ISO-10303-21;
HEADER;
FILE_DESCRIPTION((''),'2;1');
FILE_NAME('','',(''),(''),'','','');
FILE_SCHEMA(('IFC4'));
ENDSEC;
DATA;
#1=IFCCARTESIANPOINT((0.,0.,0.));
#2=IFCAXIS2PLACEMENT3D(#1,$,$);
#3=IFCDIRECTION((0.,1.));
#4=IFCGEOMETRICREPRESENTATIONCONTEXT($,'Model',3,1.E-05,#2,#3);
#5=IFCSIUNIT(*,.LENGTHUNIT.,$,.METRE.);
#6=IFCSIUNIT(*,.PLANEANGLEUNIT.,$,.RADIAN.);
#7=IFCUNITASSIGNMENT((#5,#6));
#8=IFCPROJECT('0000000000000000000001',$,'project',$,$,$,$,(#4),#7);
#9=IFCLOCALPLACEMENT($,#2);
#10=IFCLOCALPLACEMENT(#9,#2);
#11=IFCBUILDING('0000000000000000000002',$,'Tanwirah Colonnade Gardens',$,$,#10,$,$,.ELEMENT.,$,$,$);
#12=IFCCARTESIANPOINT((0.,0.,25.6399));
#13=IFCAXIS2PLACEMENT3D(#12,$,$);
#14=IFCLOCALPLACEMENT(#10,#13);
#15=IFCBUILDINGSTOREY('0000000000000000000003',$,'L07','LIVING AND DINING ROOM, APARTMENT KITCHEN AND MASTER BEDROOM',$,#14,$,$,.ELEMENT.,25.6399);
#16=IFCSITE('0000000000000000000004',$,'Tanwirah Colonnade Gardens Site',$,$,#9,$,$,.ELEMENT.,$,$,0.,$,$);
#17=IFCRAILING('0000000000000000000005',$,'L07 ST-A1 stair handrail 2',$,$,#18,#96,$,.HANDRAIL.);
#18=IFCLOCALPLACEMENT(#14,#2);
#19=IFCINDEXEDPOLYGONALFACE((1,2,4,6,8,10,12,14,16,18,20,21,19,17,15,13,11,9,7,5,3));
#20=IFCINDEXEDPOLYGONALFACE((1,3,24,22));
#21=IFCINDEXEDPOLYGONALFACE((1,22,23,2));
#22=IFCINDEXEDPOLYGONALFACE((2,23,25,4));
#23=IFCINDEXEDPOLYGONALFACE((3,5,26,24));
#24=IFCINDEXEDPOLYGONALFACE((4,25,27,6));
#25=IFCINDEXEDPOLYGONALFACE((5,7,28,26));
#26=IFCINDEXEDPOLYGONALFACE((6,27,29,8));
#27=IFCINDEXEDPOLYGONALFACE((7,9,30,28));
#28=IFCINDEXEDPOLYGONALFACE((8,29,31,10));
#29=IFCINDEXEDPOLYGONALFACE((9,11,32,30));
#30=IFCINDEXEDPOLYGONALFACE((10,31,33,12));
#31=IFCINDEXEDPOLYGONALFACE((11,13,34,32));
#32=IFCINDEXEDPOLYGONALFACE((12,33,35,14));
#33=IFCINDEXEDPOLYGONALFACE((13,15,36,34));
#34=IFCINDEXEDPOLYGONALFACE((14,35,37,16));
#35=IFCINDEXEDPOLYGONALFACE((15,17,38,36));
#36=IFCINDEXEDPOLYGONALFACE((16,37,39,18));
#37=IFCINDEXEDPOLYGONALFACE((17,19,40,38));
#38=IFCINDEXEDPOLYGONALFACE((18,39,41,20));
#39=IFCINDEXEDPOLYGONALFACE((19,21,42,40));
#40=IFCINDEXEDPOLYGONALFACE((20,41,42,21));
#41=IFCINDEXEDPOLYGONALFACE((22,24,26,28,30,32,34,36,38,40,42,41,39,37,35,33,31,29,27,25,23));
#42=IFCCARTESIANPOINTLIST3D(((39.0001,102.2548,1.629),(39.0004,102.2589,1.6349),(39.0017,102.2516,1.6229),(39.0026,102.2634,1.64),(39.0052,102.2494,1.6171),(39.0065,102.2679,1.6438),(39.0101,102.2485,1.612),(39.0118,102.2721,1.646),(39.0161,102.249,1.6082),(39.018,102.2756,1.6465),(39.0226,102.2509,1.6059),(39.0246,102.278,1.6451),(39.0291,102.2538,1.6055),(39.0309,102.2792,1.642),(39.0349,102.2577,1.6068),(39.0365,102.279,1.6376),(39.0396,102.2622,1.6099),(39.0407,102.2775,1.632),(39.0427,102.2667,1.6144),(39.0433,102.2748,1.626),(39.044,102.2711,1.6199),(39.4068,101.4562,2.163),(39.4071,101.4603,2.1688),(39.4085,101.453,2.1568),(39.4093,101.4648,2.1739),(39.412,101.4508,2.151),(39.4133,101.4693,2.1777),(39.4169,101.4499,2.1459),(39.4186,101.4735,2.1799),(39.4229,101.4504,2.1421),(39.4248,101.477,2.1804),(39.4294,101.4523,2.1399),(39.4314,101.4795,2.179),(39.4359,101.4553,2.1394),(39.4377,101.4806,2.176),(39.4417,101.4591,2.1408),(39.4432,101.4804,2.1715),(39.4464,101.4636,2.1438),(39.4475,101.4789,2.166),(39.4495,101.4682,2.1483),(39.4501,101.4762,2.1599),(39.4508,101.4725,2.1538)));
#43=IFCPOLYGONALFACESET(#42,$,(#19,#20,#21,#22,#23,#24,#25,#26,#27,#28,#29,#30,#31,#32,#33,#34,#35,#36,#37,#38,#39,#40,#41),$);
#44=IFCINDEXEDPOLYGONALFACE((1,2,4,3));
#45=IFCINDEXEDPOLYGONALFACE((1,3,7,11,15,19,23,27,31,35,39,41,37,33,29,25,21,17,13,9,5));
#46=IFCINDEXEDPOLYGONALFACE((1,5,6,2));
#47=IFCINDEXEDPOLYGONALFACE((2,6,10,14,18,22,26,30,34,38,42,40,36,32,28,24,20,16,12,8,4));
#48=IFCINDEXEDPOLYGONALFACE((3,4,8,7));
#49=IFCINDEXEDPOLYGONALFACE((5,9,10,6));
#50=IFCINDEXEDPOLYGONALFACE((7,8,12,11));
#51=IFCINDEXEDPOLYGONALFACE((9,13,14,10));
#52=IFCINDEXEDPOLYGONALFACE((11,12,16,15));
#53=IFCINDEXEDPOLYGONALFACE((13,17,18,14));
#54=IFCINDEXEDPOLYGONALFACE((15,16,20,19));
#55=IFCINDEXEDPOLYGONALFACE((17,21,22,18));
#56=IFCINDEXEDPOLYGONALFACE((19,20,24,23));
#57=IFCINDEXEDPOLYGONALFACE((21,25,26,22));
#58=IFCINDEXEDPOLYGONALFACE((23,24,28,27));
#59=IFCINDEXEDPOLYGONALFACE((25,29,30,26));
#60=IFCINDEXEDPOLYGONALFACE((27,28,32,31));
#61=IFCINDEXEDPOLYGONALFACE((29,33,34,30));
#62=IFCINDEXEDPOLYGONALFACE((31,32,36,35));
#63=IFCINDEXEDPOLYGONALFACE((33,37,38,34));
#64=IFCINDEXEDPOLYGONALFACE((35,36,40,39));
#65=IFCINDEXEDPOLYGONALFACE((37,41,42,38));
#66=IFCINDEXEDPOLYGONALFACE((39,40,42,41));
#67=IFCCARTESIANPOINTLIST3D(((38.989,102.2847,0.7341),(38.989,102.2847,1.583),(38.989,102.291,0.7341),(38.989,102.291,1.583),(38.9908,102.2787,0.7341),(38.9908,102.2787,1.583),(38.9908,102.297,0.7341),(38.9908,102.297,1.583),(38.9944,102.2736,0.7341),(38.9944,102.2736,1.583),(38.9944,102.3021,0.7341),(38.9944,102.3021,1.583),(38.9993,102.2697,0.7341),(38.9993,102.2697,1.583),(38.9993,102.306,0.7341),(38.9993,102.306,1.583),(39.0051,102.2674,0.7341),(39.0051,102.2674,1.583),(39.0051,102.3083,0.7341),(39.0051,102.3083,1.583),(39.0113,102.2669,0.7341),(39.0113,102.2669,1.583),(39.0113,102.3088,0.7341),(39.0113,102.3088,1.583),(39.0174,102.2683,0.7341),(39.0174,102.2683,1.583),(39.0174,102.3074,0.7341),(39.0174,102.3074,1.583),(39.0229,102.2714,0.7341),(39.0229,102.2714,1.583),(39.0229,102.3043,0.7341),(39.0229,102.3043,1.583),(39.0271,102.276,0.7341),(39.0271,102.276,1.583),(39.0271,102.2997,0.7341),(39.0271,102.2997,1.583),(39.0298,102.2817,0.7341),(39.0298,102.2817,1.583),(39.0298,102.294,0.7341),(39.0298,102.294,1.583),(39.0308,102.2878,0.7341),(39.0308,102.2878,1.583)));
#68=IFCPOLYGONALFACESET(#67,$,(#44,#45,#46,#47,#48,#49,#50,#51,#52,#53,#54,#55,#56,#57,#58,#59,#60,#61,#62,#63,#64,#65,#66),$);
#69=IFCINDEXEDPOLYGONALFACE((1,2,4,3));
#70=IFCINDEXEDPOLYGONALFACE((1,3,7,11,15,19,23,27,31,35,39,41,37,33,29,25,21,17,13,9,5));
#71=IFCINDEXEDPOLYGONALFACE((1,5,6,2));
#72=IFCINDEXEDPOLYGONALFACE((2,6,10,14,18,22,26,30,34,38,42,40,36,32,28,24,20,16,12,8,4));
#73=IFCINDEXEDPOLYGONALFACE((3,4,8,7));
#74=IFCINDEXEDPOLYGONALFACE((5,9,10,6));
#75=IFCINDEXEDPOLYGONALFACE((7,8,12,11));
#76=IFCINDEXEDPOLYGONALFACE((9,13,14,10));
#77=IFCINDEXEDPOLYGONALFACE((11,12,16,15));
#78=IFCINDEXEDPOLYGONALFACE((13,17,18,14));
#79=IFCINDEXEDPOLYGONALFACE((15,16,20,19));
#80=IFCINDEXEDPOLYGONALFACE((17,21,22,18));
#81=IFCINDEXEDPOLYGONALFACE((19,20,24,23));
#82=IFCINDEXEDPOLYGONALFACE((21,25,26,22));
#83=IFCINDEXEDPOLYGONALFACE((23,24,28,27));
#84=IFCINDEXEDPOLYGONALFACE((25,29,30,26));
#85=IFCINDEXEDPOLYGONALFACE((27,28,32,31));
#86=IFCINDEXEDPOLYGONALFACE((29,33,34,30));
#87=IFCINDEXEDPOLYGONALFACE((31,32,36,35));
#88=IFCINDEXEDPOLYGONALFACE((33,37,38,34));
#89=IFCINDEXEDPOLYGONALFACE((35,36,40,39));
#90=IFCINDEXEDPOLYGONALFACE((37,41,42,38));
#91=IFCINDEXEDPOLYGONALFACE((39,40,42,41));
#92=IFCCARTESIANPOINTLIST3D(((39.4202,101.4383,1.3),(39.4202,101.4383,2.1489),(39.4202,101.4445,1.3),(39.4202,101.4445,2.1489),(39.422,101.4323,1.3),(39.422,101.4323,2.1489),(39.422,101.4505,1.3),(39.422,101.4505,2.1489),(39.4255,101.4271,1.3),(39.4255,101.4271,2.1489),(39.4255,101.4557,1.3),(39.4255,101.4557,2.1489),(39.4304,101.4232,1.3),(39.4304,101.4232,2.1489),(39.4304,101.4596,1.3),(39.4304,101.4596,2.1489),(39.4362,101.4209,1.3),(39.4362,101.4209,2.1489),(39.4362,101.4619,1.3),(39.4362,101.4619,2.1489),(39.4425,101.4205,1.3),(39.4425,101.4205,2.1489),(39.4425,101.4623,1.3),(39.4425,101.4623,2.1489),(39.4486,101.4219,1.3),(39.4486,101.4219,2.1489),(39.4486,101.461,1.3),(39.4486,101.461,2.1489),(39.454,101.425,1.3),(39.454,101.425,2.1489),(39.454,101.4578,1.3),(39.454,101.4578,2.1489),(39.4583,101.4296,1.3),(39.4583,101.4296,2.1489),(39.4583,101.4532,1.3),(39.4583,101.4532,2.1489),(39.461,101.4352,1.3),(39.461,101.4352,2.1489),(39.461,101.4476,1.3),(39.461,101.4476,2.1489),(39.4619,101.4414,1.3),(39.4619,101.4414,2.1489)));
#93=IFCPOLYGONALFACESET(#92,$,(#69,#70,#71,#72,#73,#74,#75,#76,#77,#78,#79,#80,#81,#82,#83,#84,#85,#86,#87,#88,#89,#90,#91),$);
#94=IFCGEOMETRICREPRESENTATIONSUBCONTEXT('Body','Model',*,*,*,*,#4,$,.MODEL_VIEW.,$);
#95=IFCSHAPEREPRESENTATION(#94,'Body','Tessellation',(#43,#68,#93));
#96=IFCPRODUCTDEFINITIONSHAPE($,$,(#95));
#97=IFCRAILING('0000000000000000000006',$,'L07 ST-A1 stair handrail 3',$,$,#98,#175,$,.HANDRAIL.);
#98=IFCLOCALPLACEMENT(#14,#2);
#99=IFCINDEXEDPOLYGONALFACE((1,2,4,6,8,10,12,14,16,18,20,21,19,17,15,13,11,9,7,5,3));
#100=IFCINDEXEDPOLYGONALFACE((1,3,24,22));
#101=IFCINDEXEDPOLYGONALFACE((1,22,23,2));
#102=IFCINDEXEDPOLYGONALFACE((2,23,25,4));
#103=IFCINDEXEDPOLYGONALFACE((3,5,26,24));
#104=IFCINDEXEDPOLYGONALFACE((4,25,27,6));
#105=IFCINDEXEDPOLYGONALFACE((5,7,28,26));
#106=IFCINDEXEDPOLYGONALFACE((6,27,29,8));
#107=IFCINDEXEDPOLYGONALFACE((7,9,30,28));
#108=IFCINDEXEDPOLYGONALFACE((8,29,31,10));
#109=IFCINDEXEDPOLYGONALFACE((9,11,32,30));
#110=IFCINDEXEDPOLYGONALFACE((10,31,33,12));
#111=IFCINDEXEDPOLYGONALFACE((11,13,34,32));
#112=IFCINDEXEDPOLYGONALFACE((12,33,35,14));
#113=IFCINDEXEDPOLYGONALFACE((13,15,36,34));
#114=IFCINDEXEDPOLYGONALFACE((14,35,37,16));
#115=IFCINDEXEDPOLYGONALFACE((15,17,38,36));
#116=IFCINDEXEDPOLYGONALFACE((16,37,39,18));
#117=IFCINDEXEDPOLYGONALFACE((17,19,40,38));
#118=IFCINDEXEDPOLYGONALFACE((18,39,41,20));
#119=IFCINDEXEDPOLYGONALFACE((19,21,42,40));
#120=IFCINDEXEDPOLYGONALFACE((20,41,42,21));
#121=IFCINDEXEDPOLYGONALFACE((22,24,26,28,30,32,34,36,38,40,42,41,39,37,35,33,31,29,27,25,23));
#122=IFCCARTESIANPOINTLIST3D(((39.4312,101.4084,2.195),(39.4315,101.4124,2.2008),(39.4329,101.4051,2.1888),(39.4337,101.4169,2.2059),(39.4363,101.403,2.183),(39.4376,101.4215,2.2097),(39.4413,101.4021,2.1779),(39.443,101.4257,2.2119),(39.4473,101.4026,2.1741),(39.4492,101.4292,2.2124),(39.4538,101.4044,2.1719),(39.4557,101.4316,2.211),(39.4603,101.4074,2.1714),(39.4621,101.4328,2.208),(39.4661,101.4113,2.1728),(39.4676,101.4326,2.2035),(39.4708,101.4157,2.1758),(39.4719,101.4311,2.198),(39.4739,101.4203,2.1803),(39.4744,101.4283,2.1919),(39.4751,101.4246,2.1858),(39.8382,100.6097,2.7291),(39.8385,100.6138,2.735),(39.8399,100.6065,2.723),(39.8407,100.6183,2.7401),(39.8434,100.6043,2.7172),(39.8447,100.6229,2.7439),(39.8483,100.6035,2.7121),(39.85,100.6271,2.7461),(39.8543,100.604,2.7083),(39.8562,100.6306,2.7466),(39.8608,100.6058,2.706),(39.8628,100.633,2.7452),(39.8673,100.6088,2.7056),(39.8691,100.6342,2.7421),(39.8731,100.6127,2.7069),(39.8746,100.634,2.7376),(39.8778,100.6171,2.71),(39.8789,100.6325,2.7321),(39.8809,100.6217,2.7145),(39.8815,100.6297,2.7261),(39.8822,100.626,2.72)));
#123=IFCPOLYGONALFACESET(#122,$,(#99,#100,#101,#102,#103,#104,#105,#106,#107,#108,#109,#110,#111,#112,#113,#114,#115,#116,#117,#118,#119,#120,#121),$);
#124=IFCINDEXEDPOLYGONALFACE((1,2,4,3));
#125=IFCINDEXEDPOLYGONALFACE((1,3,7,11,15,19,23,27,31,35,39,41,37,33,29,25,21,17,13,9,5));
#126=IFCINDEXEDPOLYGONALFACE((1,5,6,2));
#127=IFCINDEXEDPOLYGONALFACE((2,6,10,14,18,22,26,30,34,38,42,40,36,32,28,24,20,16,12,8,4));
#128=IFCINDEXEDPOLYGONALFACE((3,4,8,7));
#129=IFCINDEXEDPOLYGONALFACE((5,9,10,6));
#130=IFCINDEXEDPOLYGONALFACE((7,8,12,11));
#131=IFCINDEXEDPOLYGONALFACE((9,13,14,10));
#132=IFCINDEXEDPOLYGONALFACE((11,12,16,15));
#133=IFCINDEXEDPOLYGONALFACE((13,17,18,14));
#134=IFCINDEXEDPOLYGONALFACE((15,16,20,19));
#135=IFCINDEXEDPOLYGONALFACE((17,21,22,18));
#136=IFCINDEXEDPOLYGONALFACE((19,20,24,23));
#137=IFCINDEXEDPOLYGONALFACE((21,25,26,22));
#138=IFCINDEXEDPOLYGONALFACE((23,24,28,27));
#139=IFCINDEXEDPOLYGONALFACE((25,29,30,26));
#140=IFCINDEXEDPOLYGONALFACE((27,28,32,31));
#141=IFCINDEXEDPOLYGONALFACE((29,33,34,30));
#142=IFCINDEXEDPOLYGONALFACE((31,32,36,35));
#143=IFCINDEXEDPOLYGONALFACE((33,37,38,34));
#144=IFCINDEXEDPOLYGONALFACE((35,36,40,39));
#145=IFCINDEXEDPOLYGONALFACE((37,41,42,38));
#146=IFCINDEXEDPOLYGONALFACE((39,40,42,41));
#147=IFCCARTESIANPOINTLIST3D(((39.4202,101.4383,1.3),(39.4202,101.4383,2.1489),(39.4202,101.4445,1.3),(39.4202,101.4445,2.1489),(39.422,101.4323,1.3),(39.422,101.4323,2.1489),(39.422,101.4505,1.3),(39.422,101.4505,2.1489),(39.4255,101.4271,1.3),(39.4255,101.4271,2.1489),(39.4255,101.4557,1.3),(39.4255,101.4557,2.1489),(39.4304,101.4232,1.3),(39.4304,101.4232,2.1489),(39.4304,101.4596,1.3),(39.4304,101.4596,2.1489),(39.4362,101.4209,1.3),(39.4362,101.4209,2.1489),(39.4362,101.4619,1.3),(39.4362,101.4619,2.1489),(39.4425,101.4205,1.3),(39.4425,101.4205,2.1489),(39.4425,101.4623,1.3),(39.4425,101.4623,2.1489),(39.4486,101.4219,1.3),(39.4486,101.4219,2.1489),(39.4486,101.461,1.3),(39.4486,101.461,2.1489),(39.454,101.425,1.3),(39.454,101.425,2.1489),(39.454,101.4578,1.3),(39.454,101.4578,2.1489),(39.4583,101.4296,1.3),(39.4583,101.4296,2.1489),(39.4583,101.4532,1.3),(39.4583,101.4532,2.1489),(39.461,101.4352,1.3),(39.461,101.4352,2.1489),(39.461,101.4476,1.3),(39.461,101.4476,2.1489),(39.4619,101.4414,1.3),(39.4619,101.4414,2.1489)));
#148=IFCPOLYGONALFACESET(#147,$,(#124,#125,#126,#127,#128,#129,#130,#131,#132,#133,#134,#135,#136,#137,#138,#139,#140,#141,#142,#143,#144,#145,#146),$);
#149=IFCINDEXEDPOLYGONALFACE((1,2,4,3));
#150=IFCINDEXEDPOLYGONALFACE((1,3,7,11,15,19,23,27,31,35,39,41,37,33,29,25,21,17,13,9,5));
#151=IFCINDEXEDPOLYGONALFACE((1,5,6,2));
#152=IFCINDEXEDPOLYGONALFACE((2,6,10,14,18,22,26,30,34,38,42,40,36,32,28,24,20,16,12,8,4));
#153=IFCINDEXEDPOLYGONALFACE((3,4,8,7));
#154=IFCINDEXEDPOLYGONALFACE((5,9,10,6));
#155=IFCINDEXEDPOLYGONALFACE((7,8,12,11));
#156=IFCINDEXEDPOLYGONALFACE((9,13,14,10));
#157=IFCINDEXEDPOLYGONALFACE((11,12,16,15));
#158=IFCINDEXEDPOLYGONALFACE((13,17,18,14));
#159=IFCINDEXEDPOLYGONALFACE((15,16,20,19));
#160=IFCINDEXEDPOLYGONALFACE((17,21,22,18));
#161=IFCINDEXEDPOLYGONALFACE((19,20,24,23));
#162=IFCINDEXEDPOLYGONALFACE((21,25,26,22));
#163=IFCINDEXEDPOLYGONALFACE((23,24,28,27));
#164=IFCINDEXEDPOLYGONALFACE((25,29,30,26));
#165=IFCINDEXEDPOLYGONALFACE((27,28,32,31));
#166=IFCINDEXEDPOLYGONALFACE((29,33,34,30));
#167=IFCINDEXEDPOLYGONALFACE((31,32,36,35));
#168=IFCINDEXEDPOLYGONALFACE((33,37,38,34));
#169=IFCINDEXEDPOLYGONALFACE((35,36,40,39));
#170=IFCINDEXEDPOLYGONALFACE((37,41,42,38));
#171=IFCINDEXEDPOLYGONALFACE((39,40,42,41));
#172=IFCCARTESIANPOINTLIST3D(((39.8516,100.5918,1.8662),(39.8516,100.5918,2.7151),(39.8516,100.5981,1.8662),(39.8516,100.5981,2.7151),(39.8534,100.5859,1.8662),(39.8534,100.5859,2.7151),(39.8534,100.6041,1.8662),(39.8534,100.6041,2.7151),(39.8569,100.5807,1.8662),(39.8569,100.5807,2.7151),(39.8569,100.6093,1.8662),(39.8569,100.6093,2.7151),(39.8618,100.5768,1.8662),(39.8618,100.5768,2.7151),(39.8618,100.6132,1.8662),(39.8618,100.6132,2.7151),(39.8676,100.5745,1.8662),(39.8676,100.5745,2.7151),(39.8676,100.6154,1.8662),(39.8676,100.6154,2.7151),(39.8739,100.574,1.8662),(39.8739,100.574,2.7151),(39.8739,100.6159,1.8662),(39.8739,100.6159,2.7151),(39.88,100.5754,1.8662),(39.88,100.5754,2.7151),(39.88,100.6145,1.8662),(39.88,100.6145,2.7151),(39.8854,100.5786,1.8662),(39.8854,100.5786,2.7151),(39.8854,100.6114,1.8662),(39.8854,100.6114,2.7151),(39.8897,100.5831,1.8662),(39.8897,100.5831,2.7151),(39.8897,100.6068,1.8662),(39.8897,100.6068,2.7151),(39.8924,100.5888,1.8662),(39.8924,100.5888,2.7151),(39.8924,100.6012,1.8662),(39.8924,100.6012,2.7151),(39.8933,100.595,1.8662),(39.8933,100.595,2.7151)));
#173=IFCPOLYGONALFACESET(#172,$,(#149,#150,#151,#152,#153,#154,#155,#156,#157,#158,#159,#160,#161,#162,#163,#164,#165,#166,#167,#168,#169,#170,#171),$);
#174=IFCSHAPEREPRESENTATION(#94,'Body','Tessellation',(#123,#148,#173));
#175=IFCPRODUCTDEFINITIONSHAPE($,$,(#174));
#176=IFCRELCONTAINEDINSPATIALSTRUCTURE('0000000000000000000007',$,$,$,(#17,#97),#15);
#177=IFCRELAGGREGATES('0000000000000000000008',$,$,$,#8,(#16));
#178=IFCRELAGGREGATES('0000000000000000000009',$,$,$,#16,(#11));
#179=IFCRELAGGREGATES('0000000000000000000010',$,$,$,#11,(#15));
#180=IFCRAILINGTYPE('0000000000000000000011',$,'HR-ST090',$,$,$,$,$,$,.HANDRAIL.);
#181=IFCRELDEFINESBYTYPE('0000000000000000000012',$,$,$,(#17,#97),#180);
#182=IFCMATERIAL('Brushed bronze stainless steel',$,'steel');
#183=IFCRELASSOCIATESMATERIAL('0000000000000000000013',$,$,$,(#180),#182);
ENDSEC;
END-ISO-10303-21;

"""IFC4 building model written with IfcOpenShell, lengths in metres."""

from ifc_helpers import new_model, si_unit, direction, frame, origin, origin_2d, place, context, subcontext, project, spatial, circle, extrude, material, type_object, element, save


model = new_model("IFC4")

# Units and contexts
model_context = context("Model", 3, precision=1e-05, world=origin(), true_north=direction((0.0, 1.0)))
body_context = subcontext(model_context, "Body", "Model", "MODEL_VIEW")
ifc_project = project(units=[si_unit("LENGTHUNIT", "METRE"), si_unit("PLANEANGLEUNIT", "RADIAN")], contexts=[model_context])

# Site, building, storey
site_placement = place(None, origin())
site = spatial("IfcSite", under=ifc_project, at=site_placement, Name="Tanwirah Colonnade Gardens Site", CompositionType="ELEMENT", RefElevation=0.0)
building_placement = place(site_placement, origin())
building = spatial("IfcBuilding", under=site, at=building_placement, Name="Tanwirah Colonnade Gardens", CompositionType="ELEMENT")
storey_placement = place(building_placement, frame((0.0, 0.0, 25.6399)))
storey = spatial("IfcBuildingStorey", under=building, at=storey_placement, Name="L07", Description="LIVING AND DINING ROOM, APARTMENT KITCHEN AND MASTER BEDROOM", CompositionType="ELEMENT", Elevation=25.6399)

# Railings
ifc_material_1 = material(Name="Brushed bronze stainless steel", Category="steel")
railing_type_1 = type_object("IfcRailingType", Name="HR-ST090", PredefinedType="HANDRAIL", material=ifc_material_1)
railing_1_placement = place(storey_placement, frame((39.0098, 102.2878, 0.7341)))
element("IfcRailing", 1, at=railing_1_placement, inside=storey, type_object=railing_type_1, Name="L07 ST-A1 stair handrail 2", PredefinedType="HANDRAIL", context=body_context, shape_type="SweptSolid", body=[
    extrude(circle(Radius=0.0239, at=origin_2d()), frame((0.0122, -0.0239, 0.8918), z_axis=(0.38993, -0.765509, 0.511811), x_axis=(0.891061, 0.453883, 0.0)), (0.0, 0.0, 1.0), 1.0432),
    extrude(circle(Radius=0.021, at=origin_2d()), origin(), (0.0, 0.0, 1.0), 0.8489),
    extrude(circle(Radius=0.021, at=origin_2d()), frame((0.4312, -0.8464, 0.5659)), (0.0, 0.0, 1.0), 0.8489),
])
railing_2_placement = place(storey_placement, frame((39.4409, 101.4414, 1.3)))
element("IfcRailing", 2, at=railing_2_placement, inside=storey, type_object=railing_type_1, Name="L07 ST-A1 stair handrail 3", PredefinedType="HANDRAIL", context=body_context, shape_type="SweptSolid", body=[
    extrude(circle(Radius=0.0239, at=origin_2d()), frame((0.0122, -0.0239, 0.8918), z_axis=(0.390073, -0.765356, 0.51193), x_axis=(0.890957, 0.454087, 0.0)), (0.0, 0.0, 1.0), 1.0435),
    extrude(circle(Radius=0.021, at=origin_2d()), origin(), (0.0, 0.0, 1.0), 0.8489),
    extrude(circle(Radius=0.021, at=origin_2d()), frame((0.4314, -0.8464, 0.5662)), (0.0, 0.0, 1.0), 0.8489),
])

save(model, "model.ifc")
